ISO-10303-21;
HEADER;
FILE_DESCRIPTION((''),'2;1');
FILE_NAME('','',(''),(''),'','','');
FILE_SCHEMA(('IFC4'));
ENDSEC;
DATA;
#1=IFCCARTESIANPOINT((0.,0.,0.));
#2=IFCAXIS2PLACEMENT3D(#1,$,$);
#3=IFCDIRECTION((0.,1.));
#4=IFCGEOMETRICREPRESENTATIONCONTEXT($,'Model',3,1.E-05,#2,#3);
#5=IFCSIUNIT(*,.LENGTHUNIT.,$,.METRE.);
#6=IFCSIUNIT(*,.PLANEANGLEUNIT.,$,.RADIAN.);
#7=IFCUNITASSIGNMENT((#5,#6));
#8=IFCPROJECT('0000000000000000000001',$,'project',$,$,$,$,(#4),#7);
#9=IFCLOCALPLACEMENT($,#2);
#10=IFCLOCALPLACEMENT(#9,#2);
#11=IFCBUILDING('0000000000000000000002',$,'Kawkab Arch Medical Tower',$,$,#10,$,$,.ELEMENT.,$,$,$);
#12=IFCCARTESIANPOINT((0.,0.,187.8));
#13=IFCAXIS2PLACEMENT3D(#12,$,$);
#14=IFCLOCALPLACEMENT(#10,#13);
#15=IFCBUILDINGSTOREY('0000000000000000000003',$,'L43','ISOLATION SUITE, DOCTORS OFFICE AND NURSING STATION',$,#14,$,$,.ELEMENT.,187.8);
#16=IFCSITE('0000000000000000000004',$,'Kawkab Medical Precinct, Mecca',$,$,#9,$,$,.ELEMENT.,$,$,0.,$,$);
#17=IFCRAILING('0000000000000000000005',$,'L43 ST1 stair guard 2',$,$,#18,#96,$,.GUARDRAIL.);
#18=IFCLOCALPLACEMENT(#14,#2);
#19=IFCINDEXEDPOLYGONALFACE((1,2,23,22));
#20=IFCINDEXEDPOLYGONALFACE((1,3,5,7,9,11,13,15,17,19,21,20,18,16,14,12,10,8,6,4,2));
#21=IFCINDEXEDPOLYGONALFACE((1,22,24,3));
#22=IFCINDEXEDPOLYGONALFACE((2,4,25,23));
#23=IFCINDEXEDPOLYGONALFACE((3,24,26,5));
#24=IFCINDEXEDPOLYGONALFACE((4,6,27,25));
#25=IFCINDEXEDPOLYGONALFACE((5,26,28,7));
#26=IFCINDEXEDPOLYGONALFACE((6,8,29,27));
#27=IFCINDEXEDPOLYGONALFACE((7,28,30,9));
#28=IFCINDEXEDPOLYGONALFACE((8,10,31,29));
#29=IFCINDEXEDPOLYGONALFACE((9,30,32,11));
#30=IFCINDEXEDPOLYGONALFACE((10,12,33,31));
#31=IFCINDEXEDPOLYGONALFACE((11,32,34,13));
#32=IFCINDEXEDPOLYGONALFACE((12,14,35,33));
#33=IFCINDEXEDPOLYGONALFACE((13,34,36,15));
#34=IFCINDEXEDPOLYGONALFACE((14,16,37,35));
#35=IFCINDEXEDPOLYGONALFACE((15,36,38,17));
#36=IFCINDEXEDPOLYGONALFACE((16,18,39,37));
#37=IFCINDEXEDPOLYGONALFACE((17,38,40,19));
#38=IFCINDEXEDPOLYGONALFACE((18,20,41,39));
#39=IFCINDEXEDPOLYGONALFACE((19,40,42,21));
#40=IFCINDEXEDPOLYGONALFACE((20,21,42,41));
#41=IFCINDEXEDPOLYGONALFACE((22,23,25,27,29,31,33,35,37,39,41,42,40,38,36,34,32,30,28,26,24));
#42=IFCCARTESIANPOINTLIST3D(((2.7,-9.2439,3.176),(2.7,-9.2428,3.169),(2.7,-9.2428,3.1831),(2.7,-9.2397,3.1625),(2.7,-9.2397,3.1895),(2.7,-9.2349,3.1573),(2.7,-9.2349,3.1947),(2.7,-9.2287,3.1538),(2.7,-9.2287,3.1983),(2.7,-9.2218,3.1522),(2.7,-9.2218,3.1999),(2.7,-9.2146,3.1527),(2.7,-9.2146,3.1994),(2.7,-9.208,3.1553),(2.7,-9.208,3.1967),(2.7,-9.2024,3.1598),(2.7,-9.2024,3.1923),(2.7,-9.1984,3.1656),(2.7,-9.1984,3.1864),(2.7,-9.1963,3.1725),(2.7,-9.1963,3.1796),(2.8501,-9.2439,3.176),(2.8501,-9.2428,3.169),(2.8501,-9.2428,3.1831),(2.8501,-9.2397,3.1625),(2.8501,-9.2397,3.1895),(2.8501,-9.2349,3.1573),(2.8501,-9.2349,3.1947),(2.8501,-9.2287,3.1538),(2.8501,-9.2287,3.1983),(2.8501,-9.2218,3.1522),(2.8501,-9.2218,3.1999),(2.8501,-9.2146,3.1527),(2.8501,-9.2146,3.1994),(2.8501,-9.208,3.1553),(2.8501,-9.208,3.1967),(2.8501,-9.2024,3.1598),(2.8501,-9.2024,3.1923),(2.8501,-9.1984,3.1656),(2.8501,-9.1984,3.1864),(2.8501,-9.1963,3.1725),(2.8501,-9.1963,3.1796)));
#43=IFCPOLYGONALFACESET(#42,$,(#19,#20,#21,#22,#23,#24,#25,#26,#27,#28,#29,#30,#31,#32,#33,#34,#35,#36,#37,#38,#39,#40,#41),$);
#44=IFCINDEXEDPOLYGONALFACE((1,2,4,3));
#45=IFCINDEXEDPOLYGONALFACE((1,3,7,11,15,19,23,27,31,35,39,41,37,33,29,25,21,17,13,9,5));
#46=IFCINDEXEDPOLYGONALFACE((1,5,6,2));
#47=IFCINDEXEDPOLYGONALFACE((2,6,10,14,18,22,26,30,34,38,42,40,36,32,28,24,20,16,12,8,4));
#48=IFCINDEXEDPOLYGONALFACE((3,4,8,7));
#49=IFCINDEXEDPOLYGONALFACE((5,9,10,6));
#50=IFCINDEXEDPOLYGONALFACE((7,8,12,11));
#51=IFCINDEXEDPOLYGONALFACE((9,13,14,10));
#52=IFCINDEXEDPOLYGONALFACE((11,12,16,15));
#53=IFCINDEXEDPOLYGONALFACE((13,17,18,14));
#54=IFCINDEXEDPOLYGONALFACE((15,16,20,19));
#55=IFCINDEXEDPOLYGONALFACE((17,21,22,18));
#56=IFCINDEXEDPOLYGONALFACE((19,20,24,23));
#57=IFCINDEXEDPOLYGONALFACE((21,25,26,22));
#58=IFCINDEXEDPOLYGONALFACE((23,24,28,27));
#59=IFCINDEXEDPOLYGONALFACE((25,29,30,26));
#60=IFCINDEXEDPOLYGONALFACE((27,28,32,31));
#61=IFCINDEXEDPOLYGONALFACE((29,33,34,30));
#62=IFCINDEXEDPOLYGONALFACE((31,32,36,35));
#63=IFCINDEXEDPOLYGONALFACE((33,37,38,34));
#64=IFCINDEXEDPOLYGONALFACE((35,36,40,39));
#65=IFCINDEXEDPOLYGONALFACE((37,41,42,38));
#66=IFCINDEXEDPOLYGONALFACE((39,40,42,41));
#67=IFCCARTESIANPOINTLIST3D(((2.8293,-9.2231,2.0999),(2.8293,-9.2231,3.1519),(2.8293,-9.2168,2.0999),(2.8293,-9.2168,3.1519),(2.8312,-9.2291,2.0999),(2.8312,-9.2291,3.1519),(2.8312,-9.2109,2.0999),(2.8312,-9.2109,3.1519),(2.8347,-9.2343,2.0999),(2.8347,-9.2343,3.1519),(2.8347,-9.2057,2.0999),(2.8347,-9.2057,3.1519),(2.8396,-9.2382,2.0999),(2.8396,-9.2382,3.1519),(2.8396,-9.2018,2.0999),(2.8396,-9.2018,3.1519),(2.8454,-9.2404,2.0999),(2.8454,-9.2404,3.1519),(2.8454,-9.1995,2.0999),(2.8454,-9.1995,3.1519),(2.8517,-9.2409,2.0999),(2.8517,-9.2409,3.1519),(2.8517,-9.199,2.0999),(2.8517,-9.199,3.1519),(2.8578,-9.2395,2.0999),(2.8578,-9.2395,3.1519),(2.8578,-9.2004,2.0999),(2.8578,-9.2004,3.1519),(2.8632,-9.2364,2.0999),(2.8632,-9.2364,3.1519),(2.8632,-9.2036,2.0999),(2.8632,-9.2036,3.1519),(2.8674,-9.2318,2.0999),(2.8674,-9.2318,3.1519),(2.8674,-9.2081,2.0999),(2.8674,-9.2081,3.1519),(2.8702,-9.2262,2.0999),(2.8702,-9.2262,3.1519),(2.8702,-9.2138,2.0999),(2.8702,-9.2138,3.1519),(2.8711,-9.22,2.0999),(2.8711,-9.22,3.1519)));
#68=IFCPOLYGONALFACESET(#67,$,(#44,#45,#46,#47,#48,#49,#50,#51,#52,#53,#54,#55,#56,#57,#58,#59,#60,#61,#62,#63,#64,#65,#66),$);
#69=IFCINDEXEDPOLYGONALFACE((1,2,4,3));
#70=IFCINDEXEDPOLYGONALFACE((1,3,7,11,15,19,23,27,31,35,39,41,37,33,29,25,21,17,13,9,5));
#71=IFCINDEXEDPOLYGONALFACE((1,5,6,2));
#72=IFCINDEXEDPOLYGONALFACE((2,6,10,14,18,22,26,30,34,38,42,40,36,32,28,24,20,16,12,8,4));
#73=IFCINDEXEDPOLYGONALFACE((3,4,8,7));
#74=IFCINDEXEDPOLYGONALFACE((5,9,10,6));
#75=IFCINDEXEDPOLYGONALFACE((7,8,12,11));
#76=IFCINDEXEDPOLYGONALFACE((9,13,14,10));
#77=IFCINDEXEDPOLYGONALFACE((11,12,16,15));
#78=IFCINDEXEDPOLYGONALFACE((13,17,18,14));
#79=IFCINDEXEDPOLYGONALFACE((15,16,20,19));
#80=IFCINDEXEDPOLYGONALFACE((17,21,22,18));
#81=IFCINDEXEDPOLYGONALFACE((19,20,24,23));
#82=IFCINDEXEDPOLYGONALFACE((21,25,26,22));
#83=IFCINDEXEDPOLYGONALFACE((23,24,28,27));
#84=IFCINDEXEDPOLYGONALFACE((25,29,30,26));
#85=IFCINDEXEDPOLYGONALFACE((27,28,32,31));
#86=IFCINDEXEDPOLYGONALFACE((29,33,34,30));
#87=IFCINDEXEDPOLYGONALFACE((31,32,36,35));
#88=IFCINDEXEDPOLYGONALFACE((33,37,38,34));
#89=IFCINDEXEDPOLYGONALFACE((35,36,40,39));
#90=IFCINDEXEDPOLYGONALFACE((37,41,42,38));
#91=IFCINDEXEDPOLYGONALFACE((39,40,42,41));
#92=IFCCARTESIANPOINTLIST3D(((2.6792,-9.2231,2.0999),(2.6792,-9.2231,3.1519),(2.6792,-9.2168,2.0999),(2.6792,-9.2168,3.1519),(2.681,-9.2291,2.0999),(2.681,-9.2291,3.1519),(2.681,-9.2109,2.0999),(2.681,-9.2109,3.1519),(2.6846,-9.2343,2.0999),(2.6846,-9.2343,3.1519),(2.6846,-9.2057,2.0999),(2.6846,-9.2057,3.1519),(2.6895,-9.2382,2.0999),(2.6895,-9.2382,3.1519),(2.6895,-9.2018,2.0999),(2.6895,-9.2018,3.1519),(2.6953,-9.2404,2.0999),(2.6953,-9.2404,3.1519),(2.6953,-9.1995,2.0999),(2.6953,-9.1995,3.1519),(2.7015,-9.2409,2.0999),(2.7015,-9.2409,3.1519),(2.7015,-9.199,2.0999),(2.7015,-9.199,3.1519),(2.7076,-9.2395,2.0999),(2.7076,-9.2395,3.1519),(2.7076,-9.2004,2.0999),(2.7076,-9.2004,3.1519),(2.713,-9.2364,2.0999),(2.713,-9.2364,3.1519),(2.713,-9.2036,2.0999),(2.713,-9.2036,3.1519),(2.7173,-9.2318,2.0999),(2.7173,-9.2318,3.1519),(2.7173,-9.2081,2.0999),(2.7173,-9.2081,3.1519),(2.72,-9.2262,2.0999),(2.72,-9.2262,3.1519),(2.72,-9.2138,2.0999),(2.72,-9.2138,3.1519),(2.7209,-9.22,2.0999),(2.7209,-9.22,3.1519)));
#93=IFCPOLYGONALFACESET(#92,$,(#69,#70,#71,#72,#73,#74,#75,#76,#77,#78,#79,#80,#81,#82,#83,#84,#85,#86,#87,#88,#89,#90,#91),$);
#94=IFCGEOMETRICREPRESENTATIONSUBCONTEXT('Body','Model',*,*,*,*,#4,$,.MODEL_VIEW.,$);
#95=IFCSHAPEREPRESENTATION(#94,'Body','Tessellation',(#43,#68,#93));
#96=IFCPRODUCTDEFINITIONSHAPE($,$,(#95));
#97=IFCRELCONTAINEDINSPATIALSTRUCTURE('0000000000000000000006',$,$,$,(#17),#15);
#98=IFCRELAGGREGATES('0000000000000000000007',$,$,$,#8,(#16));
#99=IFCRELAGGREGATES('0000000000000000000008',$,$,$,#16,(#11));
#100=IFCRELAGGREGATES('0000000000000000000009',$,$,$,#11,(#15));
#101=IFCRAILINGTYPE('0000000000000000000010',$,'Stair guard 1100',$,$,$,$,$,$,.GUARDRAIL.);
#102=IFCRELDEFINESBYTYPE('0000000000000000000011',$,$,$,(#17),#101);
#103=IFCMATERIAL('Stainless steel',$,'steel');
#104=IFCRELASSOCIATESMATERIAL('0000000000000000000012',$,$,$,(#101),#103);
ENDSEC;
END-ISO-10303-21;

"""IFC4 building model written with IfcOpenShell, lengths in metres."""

from ifc_helpers import new_model, si_unit, direction, frame, origin, origin_2d, place, context, subcontext, project, spatial, circle, extrude, material, type_object, element, save


model = new_model("IFC4")

# Units and contexts
model_context = context("Model", 3, precision=1e-05, world=origin(), true_north=direction((0.0, 1.0)))
body_context = subcontext(model_context, "Body", "Model", "MODEL_VIEW")
ifc_project = project(units=[si_unit("LENGTHUNIT", "METRE"), si_unit("PLANEANGLEUNIT", "RADIAN")], contexts=[model_context])

# Site, building, storey
site_placement = place(None, origin())
site = spatial("IfcSite", under=ifc_project, at=site_placement, Name="Kawkab Medical Precinct, Mecca", CompositionType="ELEMENT", RefElevation=0.0)
building_placement = place(site_placement, origin())
building = spatial("IfcBuilding", under=site, at=building_placement, Name="Kawkab Arch Medical Tower", CompositionType="ELEMENT")
storey_placement = place(building_placement, frame((0.0, 0.0, 187.8)))
storey = spatial("IfcBuildingStorey", under=building, at=storey_placement, Name="L43", Description="ISOLATION SUITE, DOCTORS OFFICE AND NURSING STATION", CompositionType="ELEMENT", Elevation=187.8)

# Railing
ifc_material_1 = material(Name="Stainless steel", Category="steel")
railing_type = type_object("IfcRailingType", Name="Stair guard 1100", PredefinedType="GUARDRAIL", material=ifc_material_1)
railing_1_placement = place(storey_placement, frame((2.8501, -9.22, 2.0999)))
element("IfcRailing", 1, at=railing_1_placement, inside=storey, type_object=railing_type, Name="L43 ST1 stair guard 2", PredefinedType="GUARDRAIL", context=body_context, shape_type="SweptSolid", body=[
    extrude(circle(Radius=0.0239, at=origin_2d()), frame((0.0, 0.0, 1.0762), z_axis=(-1.0, 0.0, 0.0), x_axis=(0.0, -1.0, 0.0)), (0.0, 0.0, 1.0), 0.1501),
    extrude(circle(Radius=0.021, at=origin_2d()), origin(), (0.0, 0.0, 1.0), 1.052),
    extrude(circle(Radius=0.021, at=origin_2d()), frame((-0.1501, 0.0, 0.0)), (0.0, 0.0, 1.0), 1.052),
])

save(model, "model.ifc")
